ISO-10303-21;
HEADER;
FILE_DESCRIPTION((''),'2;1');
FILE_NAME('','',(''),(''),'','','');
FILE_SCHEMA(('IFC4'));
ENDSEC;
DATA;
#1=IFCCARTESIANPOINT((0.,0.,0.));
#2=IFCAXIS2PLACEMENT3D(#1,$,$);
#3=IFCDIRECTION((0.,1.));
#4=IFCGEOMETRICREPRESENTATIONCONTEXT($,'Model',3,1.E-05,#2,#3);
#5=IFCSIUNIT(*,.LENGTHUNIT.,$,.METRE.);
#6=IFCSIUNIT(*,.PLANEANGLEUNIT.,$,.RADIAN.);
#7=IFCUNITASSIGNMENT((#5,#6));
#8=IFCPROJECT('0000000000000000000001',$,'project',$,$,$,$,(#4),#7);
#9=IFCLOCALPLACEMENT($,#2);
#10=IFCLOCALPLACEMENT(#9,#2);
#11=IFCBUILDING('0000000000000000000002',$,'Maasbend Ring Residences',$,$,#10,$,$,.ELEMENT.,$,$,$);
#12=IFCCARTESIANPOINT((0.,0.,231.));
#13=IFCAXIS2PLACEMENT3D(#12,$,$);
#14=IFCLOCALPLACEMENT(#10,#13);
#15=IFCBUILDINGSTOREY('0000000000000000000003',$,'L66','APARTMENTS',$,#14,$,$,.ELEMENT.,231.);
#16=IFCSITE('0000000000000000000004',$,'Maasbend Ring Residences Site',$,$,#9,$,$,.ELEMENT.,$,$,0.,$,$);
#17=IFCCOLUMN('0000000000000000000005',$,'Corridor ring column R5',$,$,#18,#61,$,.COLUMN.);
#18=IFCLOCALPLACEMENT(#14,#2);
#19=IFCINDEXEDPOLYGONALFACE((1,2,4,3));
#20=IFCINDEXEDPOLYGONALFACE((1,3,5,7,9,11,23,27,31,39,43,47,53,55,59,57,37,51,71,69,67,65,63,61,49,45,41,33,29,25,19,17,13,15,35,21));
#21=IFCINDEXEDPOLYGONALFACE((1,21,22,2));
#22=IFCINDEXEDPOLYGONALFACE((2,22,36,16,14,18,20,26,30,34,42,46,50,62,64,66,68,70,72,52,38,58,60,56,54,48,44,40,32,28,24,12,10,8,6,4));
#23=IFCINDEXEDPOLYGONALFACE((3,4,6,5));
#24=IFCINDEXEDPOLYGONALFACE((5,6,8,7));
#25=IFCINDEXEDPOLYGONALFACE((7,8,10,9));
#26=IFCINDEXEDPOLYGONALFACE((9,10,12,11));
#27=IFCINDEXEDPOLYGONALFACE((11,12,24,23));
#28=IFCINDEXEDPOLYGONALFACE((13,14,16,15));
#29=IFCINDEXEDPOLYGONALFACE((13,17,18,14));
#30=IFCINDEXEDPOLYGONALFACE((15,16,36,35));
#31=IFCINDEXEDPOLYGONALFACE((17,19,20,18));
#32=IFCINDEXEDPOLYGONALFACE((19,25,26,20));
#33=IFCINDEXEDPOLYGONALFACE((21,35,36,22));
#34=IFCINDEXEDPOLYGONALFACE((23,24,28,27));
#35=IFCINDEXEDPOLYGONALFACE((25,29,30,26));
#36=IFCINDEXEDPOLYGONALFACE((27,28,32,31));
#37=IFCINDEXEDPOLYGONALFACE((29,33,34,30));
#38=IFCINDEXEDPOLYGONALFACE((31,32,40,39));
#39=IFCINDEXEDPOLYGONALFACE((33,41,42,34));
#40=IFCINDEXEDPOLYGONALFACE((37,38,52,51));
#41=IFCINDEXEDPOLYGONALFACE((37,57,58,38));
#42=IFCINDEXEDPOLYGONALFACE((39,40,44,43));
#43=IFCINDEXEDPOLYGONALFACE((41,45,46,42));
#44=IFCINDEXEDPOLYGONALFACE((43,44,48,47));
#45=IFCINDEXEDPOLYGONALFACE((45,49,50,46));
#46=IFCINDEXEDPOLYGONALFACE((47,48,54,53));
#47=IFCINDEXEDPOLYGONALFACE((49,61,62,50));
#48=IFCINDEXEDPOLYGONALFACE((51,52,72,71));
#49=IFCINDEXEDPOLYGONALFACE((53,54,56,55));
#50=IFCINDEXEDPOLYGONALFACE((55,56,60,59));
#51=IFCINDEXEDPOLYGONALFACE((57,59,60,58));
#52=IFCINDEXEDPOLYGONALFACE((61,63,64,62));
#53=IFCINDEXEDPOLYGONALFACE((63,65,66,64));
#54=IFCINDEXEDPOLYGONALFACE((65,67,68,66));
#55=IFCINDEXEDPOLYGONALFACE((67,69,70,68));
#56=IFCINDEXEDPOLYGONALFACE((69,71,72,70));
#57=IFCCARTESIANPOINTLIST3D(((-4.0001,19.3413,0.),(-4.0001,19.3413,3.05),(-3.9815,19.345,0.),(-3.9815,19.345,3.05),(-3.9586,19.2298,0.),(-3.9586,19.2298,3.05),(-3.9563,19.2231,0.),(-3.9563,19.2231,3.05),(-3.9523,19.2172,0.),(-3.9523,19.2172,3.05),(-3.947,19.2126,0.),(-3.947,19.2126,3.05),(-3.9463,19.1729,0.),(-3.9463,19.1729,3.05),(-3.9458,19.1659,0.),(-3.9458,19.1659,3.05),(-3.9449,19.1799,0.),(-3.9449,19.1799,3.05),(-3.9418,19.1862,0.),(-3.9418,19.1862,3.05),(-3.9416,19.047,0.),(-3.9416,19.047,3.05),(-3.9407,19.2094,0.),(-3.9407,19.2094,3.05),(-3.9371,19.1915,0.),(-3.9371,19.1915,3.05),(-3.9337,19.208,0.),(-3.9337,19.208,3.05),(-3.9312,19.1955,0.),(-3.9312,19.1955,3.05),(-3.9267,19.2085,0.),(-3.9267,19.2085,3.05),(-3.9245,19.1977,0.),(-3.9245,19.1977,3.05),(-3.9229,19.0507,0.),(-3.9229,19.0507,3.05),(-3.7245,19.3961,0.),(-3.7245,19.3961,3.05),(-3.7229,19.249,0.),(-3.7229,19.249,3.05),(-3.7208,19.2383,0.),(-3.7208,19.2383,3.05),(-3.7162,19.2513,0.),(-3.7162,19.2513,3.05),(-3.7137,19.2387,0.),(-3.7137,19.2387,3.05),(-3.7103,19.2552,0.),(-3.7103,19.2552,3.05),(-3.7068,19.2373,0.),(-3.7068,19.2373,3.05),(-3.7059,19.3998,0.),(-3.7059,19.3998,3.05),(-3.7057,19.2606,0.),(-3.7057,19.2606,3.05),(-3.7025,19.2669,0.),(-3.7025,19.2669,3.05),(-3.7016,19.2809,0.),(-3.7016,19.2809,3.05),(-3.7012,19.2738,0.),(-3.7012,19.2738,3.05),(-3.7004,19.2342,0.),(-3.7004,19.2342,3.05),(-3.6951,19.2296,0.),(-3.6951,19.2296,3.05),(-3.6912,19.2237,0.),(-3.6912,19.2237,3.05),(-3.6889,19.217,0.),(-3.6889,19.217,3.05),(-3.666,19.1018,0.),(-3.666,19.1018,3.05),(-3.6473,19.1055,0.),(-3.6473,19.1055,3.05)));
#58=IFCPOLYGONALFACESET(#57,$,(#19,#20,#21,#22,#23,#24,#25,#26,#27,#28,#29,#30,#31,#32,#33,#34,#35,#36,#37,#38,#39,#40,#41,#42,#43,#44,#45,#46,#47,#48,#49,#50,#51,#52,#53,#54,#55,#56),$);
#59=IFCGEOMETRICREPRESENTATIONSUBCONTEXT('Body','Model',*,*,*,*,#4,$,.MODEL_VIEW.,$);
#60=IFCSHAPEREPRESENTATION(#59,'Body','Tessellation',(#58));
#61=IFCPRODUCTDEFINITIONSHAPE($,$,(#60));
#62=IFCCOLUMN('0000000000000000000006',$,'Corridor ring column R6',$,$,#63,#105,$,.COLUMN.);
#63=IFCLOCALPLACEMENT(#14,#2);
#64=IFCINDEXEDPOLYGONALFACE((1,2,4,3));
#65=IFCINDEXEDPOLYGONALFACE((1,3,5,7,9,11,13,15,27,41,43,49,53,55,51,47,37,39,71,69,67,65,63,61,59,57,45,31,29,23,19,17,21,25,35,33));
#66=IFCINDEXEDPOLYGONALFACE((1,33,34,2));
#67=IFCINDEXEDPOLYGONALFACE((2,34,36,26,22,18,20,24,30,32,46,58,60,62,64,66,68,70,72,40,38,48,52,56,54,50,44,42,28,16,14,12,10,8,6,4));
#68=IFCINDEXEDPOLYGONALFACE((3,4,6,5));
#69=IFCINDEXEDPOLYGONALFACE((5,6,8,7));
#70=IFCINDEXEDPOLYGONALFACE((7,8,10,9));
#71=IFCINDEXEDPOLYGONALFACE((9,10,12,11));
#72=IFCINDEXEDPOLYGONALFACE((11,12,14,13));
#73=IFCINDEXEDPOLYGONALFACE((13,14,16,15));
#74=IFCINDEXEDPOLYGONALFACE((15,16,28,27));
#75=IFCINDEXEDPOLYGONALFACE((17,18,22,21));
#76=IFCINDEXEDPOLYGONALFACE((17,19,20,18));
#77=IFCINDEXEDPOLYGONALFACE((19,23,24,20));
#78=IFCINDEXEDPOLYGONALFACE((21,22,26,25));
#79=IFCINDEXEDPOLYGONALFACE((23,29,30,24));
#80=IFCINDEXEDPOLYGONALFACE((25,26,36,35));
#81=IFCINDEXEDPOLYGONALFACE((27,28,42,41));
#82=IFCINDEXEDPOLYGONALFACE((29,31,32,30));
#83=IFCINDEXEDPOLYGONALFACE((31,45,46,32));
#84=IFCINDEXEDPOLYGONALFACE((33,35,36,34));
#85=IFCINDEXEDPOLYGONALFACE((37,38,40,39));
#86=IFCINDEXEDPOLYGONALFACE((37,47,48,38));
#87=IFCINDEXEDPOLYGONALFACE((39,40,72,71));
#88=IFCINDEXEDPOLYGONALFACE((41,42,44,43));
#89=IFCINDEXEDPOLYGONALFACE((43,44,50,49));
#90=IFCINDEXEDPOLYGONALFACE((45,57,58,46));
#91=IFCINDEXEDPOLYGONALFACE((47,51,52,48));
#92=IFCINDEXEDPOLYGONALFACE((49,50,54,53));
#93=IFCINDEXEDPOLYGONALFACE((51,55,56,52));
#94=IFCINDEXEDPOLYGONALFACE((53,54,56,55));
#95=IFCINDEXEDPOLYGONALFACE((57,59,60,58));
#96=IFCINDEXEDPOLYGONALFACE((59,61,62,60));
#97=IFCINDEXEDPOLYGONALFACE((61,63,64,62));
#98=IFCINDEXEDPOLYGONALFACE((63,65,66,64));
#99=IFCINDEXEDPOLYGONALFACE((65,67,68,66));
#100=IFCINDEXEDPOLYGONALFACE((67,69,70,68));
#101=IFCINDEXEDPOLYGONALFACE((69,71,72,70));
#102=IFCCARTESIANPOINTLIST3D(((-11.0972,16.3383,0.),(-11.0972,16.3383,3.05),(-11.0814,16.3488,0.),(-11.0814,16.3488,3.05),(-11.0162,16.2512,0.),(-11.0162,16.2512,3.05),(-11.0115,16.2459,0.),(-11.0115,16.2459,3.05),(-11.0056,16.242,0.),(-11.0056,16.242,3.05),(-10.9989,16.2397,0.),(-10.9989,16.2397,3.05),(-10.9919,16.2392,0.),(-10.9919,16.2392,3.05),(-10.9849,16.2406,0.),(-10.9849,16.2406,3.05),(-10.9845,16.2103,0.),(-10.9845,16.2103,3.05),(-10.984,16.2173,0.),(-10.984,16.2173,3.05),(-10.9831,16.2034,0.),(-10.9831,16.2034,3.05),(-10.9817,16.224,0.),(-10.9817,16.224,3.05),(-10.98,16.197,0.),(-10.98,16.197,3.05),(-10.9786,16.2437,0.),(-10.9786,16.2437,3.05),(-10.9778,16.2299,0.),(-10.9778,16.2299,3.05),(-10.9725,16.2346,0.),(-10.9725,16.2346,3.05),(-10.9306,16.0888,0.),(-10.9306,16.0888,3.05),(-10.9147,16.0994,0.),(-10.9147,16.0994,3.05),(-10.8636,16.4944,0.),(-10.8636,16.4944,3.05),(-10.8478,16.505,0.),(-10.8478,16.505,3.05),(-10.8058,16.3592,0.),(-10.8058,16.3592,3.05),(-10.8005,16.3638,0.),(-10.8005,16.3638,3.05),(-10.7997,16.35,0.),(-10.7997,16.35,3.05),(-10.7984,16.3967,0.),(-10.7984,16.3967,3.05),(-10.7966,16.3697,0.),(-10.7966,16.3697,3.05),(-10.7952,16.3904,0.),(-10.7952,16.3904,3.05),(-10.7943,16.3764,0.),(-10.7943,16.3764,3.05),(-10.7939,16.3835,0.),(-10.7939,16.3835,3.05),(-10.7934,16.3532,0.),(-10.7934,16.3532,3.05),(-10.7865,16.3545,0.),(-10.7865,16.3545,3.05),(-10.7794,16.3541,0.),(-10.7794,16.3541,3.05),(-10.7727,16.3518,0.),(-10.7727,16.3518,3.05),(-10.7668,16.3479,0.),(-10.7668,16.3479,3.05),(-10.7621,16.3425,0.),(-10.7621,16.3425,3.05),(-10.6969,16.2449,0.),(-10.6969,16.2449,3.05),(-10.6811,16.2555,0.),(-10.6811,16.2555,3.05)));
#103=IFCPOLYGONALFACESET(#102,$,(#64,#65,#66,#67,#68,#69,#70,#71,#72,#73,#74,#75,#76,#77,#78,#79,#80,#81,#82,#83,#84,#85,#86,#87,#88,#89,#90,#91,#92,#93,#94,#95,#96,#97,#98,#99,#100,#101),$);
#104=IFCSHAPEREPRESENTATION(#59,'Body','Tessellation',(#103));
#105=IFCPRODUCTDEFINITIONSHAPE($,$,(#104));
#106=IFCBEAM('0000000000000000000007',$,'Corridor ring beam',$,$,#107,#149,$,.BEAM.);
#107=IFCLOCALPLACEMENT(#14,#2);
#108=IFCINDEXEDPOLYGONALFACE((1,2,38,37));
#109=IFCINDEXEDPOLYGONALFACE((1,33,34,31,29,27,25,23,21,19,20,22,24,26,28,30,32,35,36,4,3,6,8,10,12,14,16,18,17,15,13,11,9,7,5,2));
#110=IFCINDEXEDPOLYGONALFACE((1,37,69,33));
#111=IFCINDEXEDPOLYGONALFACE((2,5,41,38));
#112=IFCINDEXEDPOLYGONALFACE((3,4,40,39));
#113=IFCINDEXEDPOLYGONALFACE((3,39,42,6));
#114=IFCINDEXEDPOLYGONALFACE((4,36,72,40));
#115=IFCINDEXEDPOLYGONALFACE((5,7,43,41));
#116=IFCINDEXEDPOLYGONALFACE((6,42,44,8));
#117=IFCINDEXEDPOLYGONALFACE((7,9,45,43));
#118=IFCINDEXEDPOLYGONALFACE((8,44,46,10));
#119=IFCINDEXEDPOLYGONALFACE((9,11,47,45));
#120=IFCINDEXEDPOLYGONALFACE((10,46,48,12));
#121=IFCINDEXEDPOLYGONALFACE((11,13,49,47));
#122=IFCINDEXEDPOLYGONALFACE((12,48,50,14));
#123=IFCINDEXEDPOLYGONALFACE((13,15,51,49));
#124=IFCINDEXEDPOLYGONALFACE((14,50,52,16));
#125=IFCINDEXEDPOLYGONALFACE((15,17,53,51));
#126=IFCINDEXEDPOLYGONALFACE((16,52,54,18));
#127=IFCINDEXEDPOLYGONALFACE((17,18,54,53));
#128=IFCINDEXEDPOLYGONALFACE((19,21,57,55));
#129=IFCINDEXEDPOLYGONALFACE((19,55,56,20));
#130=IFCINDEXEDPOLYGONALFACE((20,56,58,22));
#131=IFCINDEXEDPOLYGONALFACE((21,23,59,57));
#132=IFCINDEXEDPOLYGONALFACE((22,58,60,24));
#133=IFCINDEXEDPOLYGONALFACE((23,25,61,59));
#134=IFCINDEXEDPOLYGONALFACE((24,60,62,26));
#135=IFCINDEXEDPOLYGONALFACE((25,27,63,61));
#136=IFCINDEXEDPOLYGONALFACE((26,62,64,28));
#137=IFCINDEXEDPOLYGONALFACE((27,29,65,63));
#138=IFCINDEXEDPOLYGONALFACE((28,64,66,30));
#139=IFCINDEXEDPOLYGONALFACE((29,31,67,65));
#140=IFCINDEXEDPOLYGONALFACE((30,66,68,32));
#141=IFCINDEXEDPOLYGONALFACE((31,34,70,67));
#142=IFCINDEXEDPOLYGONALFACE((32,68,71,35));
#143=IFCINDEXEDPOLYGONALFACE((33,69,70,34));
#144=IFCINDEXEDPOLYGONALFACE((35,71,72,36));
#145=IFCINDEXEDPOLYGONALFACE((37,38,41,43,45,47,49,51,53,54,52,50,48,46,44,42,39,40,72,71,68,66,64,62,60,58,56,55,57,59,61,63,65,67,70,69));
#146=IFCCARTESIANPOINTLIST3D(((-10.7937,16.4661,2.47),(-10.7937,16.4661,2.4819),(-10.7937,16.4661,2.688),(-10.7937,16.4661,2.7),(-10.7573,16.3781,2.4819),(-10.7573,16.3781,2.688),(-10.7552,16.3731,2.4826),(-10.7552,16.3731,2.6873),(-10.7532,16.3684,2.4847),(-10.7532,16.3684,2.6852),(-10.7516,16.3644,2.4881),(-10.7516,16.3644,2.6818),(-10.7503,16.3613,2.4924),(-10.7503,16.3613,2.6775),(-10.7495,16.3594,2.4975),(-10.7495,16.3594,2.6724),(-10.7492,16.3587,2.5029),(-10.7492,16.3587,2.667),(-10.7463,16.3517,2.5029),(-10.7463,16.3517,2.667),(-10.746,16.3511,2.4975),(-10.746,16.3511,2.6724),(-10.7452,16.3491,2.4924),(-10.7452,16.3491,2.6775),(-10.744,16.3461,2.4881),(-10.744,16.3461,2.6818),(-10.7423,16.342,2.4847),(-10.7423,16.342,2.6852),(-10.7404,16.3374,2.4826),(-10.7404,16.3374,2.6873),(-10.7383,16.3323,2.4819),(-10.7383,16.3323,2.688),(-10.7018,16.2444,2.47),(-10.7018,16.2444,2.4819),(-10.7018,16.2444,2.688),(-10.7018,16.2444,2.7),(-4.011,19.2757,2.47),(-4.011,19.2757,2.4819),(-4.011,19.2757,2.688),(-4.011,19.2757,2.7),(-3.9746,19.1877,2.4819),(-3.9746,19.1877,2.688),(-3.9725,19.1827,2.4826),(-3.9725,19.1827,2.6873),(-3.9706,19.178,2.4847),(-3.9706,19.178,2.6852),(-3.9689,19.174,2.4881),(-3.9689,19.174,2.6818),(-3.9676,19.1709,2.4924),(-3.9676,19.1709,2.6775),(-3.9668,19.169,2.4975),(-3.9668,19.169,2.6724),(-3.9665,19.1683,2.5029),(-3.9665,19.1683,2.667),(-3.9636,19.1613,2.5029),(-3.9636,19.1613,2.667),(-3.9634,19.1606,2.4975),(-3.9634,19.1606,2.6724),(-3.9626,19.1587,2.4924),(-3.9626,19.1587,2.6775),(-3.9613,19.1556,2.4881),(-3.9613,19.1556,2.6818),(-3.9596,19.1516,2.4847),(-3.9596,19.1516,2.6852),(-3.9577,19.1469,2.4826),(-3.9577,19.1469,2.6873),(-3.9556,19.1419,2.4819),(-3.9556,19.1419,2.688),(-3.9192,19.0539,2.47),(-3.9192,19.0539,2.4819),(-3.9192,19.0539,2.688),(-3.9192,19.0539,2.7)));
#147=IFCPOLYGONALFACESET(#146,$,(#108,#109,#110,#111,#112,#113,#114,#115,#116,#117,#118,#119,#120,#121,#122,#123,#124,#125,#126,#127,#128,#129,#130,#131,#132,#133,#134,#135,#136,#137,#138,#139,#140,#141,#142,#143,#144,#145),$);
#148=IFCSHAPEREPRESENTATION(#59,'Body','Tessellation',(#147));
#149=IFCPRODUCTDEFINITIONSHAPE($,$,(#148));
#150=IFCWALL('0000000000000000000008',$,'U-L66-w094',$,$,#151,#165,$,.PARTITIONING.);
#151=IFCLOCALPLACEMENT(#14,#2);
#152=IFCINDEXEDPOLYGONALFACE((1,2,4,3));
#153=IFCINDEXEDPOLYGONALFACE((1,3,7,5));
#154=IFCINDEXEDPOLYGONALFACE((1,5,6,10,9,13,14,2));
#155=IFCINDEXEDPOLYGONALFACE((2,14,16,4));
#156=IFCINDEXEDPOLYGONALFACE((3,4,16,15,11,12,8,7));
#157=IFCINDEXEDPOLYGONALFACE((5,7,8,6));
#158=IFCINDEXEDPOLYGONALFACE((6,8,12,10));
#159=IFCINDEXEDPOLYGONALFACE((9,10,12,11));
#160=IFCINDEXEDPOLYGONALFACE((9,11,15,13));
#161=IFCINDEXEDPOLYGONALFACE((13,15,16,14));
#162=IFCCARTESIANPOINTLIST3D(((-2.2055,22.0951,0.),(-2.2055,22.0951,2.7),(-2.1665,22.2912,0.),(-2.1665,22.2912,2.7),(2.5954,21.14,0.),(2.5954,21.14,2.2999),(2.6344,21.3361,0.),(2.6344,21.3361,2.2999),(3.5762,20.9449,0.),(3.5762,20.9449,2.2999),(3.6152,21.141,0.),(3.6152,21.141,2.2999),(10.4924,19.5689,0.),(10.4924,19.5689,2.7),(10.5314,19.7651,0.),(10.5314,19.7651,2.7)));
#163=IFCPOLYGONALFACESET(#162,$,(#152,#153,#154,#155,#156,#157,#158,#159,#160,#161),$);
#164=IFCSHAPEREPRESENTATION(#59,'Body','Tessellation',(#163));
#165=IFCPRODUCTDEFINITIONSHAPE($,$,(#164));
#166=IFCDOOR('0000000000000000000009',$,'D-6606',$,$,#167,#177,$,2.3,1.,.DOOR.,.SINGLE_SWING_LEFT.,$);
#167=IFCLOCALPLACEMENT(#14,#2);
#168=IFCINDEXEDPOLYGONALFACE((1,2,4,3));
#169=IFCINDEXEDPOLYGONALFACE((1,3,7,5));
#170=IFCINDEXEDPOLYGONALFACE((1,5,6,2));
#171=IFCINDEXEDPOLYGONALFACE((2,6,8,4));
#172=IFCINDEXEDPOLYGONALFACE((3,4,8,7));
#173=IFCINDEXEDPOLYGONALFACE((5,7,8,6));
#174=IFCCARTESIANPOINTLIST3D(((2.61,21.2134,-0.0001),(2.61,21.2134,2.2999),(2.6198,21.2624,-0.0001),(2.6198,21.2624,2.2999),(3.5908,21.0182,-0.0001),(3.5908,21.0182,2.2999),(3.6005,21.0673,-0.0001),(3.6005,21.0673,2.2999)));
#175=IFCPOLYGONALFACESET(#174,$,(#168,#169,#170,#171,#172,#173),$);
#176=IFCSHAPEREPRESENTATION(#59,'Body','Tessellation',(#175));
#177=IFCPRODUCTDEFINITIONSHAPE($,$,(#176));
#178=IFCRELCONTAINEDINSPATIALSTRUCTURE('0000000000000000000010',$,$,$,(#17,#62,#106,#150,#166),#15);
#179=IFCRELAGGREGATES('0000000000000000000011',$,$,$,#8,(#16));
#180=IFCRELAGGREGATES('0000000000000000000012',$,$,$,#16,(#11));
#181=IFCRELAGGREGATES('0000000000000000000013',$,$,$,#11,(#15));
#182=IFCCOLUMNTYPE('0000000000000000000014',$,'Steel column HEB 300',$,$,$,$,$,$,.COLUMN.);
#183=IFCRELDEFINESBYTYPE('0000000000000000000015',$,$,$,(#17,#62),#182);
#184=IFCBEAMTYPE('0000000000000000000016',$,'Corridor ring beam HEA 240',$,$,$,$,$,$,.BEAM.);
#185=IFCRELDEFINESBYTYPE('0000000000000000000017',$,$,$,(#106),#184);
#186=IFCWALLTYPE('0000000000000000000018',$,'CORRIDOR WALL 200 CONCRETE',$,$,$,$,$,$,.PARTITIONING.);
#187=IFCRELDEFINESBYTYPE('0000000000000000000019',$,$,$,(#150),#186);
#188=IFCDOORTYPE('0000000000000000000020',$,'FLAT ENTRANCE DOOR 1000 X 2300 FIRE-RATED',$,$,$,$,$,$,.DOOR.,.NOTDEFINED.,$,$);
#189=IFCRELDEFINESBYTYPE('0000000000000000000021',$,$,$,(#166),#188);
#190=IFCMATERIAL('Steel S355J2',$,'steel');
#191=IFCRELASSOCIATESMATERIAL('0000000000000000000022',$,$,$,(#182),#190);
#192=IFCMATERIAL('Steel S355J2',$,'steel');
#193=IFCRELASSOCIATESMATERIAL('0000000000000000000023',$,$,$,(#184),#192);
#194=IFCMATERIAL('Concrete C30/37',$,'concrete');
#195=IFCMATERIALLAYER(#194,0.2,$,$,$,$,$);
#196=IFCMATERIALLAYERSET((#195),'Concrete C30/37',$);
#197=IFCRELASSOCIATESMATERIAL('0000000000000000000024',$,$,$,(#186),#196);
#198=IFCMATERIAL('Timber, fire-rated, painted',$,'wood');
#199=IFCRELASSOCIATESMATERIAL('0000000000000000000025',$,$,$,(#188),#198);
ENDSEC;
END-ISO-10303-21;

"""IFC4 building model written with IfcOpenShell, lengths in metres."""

from ifc_helpers import new_model, si_unit, direction, frame, frame_2d, origin, origin_2d, place, context, subcontext, project, spatial, rectangle, i_section, extrude, material, layer, layer_set, material_profile, profile_set, type_object, element, fill, save


model = new_model("IFC4")

# Units and contexts
model_context = context("Model", 3, precision=1e-05, world=origin(), true_north=direction((0.0, 1.0)))
body_context = subcontext(model_context, "Body", "Model", "MODEL_VIEW")
ifc_project = project(units=[si_unit("LENGTHUNIT", "METRE"), si_unit("PLANEANGLEUNIT", "RADIAN")], contexts=[model_context])

# Site, building, storey
site_placement = place(None, origin())
site = spatial("IfcSite", under=ifc_project, at=site_placement, Name="Maasbend Ring Residences Site", CompositionType="ELEMENT", RefElevation=0.0)
building_placement = place(site_placement, origin())
building = spatial("IfcBuilding", under=site, at=building_placement, Name="Maasbend Ring Residences", CompositionType="ELEMENT")
storey_placement = place(building_placement, frame((0.0, 0.0, 231.0)))
storey = spatial("IfcBuildingStorey", under=building, at=storey_placement, Name="L66", Description="APARTMENTS", CompositionType="ELEMENT", Elevation=231.0)

# Columns
ifc_material_1 = material(Name="Steel S355J2", Category="steel")
ifc_material_profile_1 = material_profile(ifc_material_1, i_section(OverallWidth=0.3, OverallDepth=0.3, WebThickness=0.011, FlangeThickness=0.019, FilletRadius=0.0271, at=origin_2d()), Name="HEB 300")
ifc_profile_set_1 = profile_set([ifc_material_profile_1], Name="Steel S355J2")
column_type = type_object("IfcColumnType", Name="Steel column HEB 300", PredefinedType="COLUMN", material=ifc_profile_set_1)
for number, where, z_axis, x_axis, name in (
    (1, (-3.8237, 19.2234, 0.0), (0.0, 0.0, 1.0), (-0.19509, 0.980785, 0.0), "Corridor ring column R5"),
    (2, (-10.8892, 16.2969, 0.0), (0.0, 0.0, 1.0), (-0.55557, 0.83147, 0.0), "Corridor ring column R6"),
):
    element("IfcColumn", number, at=place(storey_placement, frame(where, z_axis=z_axis, x_axis=x_axis)), inside=storey, type_object=column_type, Name=name, PredefinedType="COLUMN", context=body_context, shape_type="SweptSolid", body=[
        extrude(i_section(OverallWidth=0.3, OverallDepth=0.3, WebThickness=0.011, FlangeThickness=0.019, FilletRadius=0.0271, at=origin_2d()), origin(), (0.0, 0.0, 1.0), 3.05),
    ])

# Beam
ifc_material_2 = material(Name="Steel S355J2", Category="steel")
ifc_material_profile_2 = material_profile(ifc_material_2, i_section(OverallWidth=0.24, OverallDepth=0.23, WebThickness=0.0076, FlangeThickness=0.012, FilletRadius=0.021, at=origin_2d()), Name="HEA 240")
ifc_profile_set_2 = profile_set([ifc_material_profile_2], Name="Steel S355J2")
beam_type = type_object("IfcBeamType", Name="Corridor ring beam HEA 240", PredefinedType="BEAM", material=ifc_profile_set_2)
beam_placement = place(storey_placement, frame((-3.9651, 19.1648, 2.585), z_axis=(-0.923876, -0.382692, 0.0), x_axis=(0.382692, -0.923876, 0.0)))
element("IfcBeam", 3, at=beam_placement, inside=storey, type_object=beam_type, Name="Corridor ring beam", PredefinedType="BEAM", context=body_context, shape_type="SweptSolid", body=[
    extrude(i_section(OverallWidth=0.24, OverallDepth=0.23, WebThickness=0.0076, FlangeThickness=0.012, FilletRadius=0.021, at=origin_2d()), origin(), (0.0, 0.0, 1.0), 7.3416),
])

# Wall, opening, door
ifc_material_3 = material(Name="Concrete C30/37", Category="concrete")
ifc_layer_1 = layer(ifc_material_3, 0.2)
ifc_layer_set_1 = layer_set([ifc_layer_1], Name="Concrete C30/37")
wall_type_1 = type_object("IfcWallType", Name="CORRIDOR WALL 200 CONCRETE", PredefinedType="PARTITIONING", material=ifc_layer_set_1)
wall_1_placement = place(storey_placement, frame((-2.186, 22.1931, 0.0), z_axis=(0.0, 0.0, 1.0), x_axis=(0.98078, -0.195115, 0.0)))
wall_1 = element("IfcWall", 4, at=wall_1_placement, inside=storey, type_object=wall_type_1, Name="U-L66-w094", PredefinedType="PARTITIONING", context=body_context, shape_type="SweptSolid", body=[
    extrude(rectangle(XDim=12.9468, YDim=0.2, at=frame_2d((6.4734, 0.0))), origin(), (0.0, 0.0, 1.0), 2.7),
])
opening_1_placement = place(wall_1_placement, frame((4.895, 0.0, 0.0)))
opening_1 = element("IfcOpeningElement", 5, at=opening_1_placement, cuts=wall_1, PredefinedType="OPENING", context=body_context, shape_type="SweptSolid", body=[
    extrude(rectangle(XDim=1.0, YDim=2.3, at=frame_2d((0.5, 1.1499))), frame((0.0, 0.1099, 0.0), z_axis=(0.0, -1.0, 0.0), x_axis=(1.0, 0.0, 0.0)), (0.0, 0.0, 1.0), 0.22),
])
ifc_material_4 = material(Name="Timber, fire-rated, painted", Category="wood")
door_type_1 = type_object("IfcDoorType", Name="FLAT ENTRANCE DOOR 1000 X 2300 FIRE-RATED", OperationType="NOTDEFINED", PredefinedType="DOOR", material=ifc_material_4)
door_1_placement = place(opening_1_placement, origin())
door_1 = element("IfcDoor", 6, at=door_1_placement, inside=storey, type_object=door_type_1, Name="D-6606", OperationType="SINGLE_SWING_LEFT", OverallHeight=2.3, OverallWidth=1.0, PredefinedType="DOOR", context=body_context, shape_type="SweptSolid", body=[
    extrude(rectangle(XDim=1.0, YDim=2.3, at=frame_2d((0.5, 1.1499))), frame((0.0, 0.0249, 0.0), z_axis=(0.0, -1.0, 0.0), x_axis=(1.0, 0.0, 0.0)), (0.0, 0.0, 1.0), 0.05),
])
fill(opening_1, door_1)

save(model, "model.ifc")
